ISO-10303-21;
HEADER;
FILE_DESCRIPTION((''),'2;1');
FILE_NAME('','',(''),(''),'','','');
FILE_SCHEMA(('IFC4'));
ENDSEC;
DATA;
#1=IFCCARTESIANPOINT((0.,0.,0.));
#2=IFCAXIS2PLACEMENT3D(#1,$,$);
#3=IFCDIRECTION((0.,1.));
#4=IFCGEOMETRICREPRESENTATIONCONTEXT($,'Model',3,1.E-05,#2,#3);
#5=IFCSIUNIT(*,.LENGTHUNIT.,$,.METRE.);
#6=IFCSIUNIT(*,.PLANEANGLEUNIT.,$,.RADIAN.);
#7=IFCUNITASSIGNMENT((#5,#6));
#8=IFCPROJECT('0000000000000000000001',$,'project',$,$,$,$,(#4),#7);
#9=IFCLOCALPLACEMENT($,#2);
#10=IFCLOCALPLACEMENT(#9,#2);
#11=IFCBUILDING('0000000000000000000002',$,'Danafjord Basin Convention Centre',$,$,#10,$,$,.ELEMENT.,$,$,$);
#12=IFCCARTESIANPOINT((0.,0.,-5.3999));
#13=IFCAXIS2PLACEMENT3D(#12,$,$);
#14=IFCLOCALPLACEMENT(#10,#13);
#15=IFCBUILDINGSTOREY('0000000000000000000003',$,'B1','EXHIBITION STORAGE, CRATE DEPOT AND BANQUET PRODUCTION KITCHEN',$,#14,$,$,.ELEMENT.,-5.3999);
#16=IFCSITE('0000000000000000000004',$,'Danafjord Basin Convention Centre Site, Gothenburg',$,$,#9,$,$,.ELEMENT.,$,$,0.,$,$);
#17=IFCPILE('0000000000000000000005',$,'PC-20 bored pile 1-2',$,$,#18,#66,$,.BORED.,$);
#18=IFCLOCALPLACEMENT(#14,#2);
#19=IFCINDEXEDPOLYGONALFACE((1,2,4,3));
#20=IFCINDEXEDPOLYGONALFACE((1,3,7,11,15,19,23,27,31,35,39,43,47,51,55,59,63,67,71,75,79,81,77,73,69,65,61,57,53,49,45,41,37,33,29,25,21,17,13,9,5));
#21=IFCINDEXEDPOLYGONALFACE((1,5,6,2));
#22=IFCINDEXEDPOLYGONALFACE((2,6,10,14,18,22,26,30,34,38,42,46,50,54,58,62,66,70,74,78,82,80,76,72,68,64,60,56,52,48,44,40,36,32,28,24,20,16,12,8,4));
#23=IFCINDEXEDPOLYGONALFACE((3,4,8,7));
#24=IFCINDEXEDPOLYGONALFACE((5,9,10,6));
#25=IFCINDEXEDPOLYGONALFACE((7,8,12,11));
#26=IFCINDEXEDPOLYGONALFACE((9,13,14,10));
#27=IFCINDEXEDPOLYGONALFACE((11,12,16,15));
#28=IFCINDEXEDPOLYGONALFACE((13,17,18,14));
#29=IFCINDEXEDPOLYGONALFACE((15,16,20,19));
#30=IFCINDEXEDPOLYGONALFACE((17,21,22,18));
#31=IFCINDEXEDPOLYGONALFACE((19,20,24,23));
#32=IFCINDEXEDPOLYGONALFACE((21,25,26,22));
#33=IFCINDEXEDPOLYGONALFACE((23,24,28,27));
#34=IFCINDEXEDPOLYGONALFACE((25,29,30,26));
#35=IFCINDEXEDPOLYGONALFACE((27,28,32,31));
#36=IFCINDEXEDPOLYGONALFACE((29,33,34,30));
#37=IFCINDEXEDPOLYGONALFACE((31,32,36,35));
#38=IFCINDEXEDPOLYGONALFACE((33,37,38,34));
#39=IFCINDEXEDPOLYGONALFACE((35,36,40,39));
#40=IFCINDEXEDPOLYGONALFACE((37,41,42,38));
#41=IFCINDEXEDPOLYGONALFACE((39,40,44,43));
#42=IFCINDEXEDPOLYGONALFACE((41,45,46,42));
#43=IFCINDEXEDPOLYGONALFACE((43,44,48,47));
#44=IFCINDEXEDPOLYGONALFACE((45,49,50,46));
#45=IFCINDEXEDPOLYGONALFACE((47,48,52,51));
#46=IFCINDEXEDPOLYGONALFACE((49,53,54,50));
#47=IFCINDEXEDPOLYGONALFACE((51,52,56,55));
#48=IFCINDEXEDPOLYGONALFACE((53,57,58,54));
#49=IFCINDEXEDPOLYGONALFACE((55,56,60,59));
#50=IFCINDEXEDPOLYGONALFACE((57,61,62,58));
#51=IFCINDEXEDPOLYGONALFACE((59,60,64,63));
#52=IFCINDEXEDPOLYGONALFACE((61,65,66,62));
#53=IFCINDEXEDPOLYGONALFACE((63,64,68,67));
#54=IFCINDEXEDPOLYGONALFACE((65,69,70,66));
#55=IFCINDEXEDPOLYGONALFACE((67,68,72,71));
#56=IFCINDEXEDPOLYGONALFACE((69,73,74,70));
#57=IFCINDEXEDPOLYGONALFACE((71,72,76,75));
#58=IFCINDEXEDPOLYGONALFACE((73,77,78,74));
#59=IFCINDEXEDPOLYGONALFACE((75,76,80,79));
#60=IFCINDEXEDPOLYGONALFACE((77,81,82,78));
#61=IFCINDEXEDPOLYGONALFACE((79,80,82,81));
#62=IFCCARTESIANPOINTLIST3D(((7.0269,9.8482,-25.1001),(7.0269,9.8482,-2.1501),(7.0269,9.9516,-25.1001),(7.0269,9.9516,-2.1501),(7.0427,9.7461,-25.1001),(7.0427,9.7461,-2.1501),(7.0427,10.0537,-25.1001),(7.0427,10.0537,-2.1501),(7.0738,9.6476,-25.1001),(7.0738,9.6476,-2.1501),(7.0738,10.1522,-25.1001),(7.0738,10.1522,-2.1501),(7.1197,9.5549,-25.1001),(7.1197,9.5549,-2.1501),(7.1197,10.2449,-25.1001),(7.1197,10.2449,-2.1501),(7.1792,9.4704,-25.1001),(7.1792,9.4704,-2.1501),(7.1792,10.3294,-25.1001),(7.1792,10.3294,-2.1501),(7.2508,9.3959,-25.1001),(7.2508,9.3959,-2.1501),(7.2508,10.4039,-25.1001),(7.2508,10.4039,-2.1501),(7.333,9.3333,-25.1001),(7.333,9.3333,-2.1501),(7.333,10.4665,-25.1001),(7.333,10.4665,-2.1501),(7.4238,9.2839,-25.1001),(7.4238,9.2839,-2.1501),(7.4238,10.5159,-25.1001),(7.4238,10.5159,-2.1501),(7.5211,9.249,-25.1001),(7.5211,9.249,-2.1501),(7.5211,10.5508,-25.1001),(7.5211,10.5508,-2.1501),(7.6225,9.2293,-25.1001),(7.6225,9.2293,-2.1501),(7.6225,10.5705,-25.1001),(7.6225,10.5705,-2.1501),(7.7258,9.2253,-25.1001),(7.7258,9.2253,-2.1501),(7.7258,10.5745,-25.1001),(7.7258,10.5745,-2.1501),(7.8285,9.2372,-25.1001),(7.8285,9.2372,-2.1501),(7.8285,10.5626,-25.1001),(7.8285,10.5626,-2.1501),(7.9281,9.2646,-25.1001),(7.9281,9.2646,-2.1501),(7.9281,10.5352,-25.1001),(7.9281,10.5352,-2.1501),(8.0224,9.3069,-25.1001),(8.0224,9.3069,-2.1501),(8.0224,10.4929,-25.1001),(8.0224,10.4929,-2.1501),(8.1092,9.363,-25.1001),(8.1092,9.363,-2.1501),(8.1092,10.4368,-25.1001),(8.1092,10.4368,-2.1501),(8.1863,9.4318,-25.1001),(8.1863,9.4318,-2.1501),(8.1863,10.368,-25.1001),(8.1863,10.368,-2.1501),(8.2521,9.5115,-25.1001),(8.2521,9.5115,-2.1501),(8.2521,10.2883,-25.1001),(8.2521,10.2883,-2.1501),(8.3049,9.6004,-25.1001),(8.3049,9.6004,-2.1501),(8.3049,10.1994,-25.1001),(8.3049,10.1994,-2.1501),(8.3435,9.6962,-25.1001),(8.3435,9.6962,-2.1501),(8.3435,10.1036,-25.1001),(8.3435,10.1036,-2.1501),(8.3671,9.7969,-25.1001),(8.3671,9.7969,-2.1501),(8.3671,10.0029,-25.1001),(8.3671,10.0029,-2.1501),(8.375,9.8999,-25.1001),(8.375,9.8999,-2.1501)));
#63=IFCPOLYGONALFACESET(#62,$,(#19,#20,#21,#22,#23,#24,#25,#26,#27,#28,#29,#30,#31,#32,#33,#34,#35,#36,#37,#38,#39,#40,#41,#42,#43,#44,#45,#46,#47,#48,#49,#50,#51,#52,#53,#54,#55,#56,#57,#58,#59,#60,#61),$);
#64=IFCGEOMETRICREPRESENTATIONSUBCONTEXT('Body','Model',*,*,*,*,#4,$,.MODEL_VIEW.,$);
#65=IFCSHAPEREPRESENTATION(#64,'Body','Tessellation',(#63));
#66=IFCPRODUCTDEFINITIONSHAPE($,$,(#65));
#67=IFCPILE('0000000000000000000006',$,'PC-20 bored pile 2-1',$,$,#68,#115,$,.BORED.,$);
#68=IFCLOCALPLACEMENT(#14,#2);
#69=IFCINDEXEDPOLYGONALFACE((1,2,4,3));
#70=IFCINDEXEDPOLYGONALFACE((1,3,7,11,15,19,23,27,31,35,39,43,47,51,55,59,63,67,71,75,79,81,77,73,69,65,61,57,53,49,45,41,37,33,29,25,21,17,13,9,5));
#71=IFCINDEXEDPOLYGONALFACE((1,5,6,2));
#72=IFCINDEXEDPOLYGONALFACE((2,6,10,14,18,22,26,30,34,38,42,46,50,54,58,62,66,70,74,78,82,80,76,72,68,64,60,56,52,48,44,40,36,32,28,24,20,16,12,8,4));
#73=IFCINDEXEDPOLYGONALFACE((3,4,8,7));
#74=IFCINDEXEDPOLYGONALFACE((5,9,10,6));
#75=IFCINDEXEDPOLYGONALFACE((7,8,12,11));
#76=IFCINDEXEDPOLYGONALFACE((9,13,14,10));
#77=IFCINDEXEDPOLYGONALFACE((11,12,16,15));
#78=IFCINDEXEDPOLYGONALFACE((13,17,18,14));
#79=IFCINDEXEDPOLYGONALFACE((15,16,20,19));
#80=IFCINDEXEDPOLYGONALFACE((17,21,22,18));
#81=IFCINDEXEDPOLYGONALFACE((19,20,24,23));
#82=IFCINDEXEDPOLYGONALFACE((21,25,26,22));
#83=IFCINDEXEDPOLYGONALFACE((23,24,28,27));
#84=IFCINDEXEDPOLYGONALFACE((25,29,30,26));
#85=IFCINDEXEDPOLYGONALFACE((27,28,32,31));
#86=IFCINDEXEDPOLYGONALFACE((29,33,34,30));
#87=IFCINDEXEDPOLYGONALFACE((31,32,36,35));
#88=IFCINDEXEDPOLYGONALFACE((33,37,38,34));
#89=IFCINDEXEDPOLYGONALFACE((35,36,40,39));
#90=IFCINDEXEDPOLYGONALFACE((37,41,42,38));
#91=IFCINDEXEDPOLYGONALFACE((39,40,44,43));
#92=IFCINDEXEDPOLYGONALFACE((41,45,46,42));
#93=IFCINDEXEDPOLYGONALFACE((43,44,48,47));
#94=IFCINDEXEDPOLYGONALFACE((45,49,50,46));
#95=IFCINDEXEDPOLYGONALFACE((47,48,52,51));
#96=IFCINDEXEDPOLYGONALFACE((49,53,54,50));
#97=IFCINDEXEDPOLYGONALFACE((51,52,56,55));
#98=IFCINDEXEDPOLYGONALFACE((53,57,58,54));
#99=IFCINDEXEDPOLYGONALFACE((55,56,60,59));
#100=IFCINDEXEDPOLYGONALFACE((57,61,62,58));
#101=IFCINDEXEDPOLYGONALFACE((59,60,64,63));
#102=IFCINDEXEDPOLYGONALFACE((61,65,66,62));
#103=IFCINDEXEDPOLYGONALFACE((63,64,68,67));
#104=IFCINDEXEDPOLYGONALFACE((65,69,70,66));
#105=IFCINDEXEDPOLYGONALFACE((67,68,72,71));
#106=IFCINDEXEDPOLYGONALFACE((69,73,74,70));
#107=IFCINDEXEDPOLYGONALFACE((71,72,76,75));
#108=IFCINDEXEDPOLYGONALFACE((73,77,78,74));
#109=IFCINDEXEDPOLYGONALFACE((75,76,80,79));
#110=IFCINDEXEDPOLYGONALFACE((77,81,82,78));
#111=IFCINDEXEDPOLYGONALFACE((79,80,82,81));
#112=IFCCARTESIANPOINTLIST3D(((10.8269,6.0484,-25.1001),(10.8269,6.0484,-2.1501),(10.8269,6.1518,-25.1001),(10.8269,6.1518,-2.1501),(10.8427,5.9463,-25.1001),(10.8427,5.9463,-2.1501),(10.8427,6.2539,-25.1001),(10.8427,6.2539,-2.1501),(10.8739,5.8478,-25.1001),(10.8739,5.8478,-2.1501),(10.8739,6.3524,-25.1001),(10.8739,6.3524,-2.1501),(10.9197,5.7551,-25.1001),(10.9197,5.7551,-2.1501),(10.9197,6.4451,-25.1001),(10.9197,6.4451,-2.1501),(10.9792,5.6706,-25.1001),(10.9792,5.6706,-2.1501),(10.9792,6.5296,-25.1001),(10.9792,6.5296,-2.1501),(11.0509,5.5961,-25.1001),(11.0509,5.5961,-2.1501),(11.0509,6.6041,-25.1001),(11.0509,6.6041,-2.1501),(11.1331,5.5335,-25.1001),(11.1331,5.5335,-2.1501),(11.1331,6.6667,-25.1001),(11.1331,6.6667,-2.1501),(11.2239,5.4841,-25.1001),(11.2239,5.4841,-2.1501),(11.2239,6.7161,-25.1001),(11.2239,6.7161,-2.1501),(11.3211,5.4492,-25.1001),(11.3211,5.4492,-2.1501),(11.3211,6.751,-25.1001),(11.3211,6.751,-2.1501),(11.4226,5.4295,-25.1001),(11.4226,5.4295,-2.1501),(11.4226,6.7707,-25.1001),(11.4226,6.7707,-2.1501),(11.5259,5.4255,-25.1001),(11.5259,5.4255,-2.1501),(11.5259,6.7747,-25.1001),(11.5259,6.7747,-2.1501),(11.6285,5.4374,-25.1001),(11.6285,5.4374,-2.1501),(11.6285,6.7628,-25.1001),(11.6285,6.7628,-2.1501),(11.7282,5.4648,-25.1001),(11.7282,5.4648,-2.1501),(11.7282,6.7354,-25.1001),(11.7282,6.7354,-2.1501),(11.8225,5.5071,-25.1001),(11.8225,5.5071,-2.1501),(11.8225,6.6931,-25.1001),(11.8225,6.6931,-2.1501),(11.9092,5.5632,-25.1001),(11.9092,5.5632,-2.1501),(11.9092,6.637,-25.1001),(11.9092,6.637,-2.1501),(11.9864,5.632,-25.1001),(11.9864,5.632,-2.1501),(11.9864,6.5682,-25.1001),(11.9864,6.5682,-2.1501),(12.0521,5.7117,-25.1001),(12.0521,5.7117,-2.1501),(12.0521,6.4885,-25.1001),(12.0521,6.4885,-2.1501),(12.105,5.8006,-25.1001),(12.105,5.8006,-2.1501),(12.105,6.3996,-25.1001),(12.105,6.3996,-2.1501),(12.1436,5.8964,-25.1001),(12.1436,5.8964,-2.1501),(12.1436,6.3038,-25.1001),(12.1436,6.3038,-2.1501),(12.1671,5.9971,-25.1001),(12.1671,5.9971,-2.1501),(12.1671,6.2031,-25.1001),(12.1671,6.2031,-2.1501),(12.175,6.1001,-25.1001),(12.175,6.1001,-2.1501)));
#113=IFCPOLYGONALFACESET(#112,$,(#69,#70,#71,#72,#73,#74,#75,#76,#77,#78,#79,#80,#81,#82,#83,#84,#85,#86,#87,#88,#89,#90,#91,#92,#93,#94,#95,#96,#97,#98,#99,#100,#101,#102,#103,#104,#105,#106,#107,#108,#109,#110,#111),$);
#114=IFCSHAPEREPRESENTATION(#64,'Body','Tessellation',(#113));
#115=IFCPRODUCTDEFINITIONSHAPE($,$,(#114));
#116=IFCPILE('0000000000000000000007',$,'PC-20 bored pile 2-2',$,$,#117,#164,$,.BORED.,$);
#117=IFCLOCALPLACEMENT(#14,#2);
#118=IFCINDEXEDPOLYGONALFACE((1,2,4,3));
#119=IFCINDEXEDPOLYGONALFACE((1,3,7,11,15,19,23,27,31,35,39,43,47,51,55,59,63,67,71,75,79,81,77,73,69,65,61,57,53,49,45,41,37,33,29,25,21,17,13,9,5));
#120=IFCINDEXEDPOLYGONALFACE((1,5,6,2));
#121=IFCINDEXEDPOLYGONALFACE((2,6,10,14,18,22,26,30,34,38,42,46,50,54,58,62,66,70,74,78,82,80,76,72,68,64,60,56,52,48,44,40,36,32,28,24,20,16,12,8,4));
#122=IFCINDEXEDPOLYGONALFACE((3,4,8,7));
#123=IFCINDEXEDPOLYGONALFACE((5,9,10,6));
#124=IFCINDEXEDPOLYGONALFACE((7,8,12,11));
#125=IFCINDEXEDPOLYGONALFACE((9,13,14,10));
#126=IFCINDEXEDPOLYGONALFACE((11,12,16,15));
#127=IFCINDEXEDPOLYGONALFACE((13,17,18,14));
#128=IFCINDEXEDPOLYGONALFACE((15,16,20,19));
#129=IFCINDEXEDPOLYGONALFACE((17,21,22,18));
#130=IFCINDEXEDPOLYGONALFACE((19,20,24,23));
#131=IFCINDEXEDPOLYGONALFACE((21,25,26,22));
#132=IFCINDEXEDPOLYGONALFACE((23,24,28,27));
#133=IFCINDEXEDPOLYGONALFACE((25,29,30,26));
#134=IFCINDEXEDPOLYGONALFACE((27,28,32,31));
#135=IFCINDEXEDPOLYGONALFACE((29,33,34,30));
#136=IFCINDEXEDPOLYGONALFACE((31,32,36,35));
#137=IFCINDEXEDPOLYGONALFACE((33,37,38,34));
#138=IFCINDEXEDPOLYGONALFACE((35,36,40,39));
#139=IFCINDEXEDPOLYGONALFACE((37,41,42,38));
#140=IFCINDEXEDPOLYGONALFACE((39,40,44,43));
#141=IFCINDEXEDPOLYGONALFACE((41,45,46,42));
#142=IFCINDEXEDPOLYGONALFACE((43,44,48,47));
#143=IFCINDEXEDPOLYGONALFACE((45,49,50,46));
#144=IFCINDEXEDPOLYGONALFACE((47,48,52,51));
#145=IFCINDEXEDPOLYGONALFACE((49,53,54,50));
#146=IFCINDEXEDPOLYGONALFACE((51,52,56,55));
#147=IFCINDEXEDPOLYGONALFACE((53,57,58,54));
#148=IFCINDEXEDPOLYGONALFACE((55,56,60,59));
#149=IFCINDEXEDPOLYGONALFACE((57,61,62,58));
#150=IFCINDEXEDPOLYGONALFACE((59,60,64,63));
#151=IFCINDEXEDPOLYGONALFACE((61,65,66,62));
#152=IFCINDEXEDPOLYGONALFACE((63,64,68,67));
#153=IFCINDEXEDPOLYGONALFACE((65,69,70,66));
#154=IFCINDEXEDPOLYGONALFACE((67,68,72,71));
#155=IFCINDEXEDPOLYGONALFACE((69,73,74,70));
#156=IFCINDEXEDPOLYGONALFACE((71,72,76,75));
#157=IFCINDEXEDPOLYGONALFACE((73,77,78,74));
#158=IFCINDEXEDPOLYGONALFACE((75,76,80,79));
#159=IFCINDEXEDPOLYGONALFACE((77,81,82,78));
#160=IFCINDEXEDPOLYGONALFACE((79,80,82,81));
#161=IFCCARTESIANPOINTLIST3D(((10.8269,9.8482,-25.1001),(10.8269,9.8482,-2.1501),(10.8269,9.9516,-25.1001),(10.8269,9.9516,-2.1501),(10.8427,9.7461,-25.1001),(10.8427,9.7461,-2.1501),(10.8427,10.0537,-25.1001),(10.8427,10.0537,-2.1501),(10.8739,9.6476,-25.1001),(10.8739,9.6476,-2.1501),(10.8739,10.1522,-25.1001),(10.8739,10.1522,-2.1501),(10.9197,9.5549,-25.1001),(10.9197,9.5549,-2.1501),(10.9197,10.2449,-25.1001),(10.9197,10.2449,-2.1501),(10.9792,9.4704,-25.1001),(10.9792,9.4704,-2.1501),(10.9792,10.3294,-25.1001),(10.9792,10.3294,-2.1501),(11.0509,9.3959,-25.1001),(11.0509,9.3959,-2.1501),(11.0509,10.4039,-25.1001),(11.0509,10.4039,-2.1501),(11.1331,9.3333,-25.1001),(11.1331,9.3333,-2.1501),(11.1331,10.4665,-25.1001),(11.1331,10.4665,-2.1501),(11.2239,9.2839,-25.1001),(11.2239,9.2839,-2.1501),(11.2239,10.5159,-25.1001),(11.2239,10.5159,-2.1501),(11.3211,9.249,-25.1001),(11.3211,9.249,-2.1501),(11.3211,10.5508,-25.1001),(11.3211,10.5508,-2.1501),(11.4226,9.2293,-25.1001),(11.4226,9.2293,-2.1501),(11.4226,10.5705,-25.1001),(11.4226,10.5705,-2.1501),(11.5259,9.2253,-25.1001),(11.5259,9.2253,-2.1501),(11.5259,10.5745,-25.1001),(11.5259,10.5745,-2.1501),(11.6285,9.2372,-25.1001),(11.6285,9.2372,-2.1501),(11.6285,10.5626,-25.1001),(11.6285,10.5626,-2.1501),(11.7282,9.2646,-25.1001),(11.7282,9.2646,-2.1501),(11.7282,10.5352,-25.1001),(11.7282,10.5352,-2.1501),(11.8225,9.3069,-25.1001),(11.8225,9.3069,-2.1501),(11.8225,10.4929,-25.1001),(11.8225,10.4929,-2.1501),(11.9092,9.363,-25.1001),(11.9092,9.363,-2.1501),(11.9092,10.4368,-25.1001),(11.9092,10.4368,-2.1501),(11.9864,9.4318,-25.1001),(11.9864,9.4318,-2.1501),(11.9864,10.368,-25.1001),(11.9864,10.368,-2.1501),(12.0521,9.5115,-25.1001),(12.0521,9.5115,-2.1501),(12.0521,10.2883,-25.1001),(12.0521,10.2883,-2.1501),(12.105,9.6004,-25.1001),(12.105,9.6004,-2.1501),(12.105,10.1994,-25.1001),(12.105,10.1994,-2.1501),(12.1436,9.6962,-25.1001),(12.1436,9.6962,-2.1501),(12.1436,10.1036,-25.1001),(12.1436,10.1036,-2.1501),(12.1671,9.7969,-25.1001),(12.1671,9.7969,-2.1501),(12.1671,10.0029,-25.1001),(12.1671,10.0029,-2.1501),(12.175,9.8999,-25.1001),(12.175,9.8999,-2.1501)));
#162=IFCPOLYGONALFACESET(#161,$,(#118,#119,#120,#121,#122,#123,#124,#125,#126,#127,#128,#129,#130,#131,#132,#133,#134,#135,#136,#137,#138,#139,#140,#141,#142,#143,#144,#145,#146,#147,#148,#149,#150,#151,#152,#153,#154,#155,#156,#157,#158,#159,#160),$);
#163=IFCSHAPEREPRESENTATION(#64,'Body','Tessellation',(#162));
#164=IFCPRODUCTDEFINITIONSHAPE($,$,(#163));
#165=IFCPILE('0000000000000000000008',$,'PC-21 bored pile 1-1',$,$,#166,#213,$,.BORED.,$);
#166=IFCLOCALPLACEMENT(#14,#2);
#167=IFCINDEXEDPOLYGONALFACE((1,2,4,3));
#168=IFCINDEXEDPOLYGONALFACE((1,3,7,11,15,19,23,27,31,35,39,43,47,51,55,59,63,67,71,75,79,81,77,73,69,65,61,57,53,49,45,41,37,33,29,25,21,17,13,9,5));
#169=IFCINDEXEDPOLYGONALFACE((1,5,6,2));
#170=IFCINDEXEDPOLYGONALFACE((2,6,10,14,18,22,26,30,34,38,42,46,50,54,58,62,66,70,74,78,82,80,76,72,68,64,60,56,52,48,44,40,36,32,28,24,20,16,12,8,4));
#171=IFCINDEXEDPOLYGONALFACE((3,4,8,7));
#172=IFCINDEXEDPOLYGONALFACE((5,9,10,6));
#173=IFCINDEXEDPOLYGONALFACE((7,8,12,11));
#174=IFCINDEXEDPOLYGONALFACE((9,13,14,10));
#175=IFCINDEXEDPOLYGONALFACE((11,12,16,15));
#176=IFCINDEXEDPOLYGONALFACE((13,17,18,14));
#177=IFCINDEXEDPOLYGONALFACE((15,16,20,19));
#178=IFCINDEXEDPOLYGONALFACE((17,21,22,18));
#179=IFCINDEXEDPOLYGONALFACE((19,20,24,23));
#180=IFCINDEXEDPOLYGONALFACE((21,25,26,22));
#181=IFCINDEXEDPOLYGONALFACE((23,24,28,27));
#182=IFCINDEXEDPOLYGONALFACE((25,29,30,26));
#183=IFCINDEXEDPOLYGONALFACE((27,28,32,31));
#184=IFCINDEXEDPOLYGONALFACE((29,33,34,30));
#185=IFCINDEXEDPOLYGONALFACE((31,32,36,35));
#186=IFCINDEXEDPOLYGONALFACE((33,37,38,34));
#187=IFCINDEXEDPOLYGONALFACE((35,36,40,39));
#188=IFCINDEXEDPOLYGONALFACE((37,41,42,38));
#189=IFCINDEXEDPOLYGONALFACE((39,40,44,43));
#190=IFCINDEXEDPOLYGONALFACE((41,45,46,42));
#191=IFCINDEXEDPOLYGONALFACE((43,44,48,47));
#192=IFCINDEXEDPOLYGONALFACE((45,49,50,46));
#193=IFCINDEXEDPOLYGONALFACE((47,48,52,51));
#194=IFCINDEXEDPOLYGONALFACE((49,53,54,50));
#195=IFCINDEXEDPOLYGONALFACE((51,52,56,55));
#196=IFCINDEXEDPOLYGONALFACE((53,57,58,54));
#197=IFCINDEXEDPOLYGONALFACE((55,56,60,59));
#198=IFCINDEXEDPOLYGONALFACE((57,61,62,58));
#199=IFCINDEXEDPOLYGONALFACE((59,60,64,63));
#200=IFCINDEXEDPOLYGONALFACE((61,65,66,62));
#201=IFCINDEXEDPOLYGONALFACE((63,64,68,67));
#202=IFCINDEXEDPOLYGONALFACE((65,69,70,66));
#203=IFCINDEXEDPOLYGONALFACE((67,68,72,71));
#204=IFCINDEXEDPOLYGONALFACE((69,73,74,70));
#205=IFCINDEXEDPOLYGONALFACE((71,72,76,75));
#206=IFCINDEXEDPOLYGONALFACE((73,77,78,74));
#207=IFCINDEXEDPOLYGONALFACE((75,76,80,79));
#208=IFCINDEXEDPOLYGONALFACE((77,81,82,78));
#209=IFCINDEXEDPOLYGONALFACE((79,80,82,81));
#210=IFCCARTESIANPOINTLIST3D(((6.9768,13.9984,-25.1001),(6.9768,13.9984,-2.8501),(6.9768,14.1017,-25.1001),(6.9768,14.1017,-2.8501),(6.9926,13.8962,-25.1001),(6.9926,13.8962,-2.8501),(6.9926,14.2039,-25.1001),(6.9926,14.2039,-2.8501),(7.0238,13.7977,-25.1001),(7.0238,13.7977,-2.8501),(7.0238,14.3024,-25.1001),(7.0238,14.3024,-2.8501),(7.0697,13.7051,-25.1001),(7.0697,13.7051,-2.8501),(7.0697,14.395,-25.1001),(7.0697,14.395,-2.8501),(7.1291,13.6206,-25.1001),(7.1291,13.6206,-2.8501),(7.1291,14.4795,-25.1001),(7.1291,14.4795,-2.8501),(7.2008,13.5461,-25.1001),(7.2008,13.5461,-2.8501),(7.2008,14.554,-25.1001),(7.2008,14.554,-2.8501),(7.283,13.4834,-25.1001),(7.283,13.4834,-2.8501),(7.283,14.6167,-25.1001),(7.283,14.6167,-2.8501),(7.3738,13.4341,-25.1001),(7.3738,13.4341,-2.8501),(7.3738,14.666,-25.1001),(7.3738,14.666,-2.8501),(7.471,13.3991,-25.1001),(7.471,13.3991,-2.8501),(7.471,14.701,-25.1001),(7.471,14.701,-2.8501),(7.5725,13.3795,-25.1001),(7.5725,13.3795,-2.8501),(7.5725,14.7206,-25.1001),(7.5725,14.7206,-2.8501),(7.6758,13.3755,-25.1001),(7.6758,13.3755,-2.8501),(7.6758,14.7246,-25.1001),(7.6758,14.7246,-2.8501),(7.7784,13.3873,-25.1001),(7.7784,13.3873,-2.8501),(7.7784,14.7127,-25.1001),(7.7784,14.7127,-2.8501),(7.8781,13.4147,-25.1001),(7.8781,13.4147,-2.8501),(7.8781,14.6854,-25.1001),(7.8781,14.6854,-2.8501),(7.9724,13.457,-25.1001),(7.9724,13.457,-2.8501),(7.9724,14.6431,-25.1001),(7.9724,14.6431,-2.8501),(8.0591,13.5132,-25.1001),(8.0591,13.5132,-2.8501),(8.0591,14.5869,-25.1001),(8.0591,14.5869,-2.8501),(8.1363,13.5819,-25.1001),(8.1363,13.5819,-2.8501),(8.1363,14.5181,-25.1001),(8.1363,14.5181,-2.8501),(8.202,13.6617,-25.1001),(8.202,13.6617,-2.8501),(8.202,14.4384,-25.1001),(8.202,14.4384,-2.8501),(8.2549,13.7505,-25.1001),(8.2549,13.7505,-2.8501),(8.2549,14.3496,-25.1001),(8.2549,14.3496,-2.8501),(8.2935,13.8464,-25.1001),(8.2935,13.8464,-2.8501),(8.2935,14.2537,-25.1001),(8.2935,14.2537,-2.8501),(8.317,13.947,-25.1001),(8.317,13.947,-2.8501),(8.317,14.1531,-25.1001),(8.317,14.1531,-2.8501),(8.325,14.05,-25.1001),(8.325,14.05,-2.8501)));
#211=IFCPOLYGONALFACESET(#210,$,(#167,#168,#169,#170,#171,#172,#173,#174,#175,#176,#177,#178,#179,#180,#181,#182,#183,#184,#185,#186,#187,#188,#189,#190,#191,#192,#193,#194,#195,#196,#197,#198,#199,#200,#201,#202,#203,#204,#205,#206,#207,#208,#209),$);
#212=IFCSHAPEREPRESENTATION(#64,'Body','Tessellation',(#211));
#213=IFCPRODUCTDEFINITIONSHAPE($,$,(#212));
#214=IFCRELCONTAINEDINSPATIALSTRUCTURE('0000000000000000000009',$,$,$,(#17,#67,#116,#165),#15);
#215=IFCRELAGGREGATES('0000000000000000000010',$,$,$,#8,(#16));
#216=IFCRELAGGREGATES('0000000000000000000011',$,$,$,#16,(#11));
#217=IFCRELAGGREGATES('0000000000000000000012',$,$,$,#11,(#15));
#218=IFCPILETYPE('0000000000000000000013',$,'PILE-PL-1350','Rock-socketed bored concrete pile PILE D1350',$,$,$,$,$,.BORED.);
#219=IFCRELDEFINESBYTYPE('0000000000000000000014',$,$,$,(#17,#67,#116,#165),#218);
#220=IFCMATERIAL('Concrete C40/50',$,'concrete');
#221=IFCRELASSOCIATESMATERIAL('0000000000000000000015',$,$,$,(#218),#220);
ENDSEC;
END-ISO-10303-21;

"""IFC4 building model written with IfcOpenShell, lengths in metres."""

from ifc_helpers import new_model, si_unit, direction, frame, origin, origin_2d, place, context, subcontext, project, spatial, circle, extrude, material, material_profile, profile_set, type_object, element, save


model = new_model("IFC4")

# Units and contexts
model_context = context("Model", 3, precision=1e-05, world=origin(), true_north=direction((0.0, 1.0)))
body_context = subcontext(model_context, "Body", "Model", "MODEL_VIEW")
ifc_project = project(units=[si_unit("LENGTHUNIT", "METRE"), si_unit("PLANEANGLEUNIT", "RADIAN")], contexts=[model_context])

# Site, building, storey
site_placement = place(None, origin())
site = spatial("IfcSite", under=ifc_project, at=site_placement, Name="Danafjord Basin Convention Centre Site, Gothenburg", CompositionType="ELEMENT", RefElevation=0.0)
building_placement = place(site_placement, origin())
building = spatial("IfcBuilding", under=site, at=building_placement, Name="Danafjord Basin Convention Centre", CompositionType="ELEMENT")
storey_placement = place(building_placement, frame((0.0, 0.0, -5.3999)))
storey = spatial("IfcBuildingStorey", under=building, at=storey_placement, Name="B1", Description="EXHIBITION STORAGE, CRATE DEPOT AND BANQUET PRODUCTION KITCHEN", CompositionType="ELEMENT", Elevation=-5.3999)

# Shared definitions
ifc_material_1 = material(Name="Concrete C40/50", Category="concrete")

# Piles
ifc_material_profile_1 = material_profile(ifc_material_1, circle(Radius=0.675, at=origin_2d()), Name="PILE D1350")
ifc_profile_set_1 = profile_set([ifc_material_profile_1], Name="Concrete C40/50")
pile_type_1 = type_object("IfcPileType", Name="PILE-PL-1350", Description="Rock-socketed bored concrete pile PILE D1350", PredefinedType="BORED", material=ifc_profile_set_1)
for number, where, z_axis, x_axis, name in (
    (1, (7.7, 9.8999, -2.1501), (0.0, 0.0, -1.0), (1.0, 0.0, 0.0), "PC-20 bored pile 1-2"),
    (2, (11.5, 6.1001, -2.1501), (0.0, 0.0, -1.0), (1.0, 0.0, 0.0), "PC-20 bored pile 2-1"),
    (3, (11.5, 9.8999, -2.1501), (0.0, 0.0, -1.0), (1.0, 0.0, 0.0), "PC-20 bored pile 2-2"),
):
    element("IfcPile", number, at=place(storey_placement, frame(where, z_axis=z_axis, x_axis=x_axis)), inside=storey, type_object=pile_type_1, Name=name, PredefinedType="BORED", context=body_context, shape_type="SweptSolid", body=[
        extrude(circle(Radius=0.675, at=origin_2d()), origin(), (0.0, 0.0, 1.0), 22.95),
    ])
for number, where, z_axis, x_axis, name in (
    (4, (7.6499, 14.05, -2.8501), (0.0, 0.0, -1.0), (1.0, 0.0, 0.0), "PC-21 bored pile 1-1"),
):
    element("IfcPile", number, at=place(storey_placement, frame(where, z_axis=z_axis, x_axis=x_axis)), inside=storey, type_object=pile_type_1, Name=name, PredefinedType="BORED", context=body_context, shape_type="SweptSolid", body=[
        extrude(circle(Radius=0.675, at=origin_2d()), origin(), (0.0, 0.0, 1.0), 22.25),
    ])

save(model, "model.ifc")
